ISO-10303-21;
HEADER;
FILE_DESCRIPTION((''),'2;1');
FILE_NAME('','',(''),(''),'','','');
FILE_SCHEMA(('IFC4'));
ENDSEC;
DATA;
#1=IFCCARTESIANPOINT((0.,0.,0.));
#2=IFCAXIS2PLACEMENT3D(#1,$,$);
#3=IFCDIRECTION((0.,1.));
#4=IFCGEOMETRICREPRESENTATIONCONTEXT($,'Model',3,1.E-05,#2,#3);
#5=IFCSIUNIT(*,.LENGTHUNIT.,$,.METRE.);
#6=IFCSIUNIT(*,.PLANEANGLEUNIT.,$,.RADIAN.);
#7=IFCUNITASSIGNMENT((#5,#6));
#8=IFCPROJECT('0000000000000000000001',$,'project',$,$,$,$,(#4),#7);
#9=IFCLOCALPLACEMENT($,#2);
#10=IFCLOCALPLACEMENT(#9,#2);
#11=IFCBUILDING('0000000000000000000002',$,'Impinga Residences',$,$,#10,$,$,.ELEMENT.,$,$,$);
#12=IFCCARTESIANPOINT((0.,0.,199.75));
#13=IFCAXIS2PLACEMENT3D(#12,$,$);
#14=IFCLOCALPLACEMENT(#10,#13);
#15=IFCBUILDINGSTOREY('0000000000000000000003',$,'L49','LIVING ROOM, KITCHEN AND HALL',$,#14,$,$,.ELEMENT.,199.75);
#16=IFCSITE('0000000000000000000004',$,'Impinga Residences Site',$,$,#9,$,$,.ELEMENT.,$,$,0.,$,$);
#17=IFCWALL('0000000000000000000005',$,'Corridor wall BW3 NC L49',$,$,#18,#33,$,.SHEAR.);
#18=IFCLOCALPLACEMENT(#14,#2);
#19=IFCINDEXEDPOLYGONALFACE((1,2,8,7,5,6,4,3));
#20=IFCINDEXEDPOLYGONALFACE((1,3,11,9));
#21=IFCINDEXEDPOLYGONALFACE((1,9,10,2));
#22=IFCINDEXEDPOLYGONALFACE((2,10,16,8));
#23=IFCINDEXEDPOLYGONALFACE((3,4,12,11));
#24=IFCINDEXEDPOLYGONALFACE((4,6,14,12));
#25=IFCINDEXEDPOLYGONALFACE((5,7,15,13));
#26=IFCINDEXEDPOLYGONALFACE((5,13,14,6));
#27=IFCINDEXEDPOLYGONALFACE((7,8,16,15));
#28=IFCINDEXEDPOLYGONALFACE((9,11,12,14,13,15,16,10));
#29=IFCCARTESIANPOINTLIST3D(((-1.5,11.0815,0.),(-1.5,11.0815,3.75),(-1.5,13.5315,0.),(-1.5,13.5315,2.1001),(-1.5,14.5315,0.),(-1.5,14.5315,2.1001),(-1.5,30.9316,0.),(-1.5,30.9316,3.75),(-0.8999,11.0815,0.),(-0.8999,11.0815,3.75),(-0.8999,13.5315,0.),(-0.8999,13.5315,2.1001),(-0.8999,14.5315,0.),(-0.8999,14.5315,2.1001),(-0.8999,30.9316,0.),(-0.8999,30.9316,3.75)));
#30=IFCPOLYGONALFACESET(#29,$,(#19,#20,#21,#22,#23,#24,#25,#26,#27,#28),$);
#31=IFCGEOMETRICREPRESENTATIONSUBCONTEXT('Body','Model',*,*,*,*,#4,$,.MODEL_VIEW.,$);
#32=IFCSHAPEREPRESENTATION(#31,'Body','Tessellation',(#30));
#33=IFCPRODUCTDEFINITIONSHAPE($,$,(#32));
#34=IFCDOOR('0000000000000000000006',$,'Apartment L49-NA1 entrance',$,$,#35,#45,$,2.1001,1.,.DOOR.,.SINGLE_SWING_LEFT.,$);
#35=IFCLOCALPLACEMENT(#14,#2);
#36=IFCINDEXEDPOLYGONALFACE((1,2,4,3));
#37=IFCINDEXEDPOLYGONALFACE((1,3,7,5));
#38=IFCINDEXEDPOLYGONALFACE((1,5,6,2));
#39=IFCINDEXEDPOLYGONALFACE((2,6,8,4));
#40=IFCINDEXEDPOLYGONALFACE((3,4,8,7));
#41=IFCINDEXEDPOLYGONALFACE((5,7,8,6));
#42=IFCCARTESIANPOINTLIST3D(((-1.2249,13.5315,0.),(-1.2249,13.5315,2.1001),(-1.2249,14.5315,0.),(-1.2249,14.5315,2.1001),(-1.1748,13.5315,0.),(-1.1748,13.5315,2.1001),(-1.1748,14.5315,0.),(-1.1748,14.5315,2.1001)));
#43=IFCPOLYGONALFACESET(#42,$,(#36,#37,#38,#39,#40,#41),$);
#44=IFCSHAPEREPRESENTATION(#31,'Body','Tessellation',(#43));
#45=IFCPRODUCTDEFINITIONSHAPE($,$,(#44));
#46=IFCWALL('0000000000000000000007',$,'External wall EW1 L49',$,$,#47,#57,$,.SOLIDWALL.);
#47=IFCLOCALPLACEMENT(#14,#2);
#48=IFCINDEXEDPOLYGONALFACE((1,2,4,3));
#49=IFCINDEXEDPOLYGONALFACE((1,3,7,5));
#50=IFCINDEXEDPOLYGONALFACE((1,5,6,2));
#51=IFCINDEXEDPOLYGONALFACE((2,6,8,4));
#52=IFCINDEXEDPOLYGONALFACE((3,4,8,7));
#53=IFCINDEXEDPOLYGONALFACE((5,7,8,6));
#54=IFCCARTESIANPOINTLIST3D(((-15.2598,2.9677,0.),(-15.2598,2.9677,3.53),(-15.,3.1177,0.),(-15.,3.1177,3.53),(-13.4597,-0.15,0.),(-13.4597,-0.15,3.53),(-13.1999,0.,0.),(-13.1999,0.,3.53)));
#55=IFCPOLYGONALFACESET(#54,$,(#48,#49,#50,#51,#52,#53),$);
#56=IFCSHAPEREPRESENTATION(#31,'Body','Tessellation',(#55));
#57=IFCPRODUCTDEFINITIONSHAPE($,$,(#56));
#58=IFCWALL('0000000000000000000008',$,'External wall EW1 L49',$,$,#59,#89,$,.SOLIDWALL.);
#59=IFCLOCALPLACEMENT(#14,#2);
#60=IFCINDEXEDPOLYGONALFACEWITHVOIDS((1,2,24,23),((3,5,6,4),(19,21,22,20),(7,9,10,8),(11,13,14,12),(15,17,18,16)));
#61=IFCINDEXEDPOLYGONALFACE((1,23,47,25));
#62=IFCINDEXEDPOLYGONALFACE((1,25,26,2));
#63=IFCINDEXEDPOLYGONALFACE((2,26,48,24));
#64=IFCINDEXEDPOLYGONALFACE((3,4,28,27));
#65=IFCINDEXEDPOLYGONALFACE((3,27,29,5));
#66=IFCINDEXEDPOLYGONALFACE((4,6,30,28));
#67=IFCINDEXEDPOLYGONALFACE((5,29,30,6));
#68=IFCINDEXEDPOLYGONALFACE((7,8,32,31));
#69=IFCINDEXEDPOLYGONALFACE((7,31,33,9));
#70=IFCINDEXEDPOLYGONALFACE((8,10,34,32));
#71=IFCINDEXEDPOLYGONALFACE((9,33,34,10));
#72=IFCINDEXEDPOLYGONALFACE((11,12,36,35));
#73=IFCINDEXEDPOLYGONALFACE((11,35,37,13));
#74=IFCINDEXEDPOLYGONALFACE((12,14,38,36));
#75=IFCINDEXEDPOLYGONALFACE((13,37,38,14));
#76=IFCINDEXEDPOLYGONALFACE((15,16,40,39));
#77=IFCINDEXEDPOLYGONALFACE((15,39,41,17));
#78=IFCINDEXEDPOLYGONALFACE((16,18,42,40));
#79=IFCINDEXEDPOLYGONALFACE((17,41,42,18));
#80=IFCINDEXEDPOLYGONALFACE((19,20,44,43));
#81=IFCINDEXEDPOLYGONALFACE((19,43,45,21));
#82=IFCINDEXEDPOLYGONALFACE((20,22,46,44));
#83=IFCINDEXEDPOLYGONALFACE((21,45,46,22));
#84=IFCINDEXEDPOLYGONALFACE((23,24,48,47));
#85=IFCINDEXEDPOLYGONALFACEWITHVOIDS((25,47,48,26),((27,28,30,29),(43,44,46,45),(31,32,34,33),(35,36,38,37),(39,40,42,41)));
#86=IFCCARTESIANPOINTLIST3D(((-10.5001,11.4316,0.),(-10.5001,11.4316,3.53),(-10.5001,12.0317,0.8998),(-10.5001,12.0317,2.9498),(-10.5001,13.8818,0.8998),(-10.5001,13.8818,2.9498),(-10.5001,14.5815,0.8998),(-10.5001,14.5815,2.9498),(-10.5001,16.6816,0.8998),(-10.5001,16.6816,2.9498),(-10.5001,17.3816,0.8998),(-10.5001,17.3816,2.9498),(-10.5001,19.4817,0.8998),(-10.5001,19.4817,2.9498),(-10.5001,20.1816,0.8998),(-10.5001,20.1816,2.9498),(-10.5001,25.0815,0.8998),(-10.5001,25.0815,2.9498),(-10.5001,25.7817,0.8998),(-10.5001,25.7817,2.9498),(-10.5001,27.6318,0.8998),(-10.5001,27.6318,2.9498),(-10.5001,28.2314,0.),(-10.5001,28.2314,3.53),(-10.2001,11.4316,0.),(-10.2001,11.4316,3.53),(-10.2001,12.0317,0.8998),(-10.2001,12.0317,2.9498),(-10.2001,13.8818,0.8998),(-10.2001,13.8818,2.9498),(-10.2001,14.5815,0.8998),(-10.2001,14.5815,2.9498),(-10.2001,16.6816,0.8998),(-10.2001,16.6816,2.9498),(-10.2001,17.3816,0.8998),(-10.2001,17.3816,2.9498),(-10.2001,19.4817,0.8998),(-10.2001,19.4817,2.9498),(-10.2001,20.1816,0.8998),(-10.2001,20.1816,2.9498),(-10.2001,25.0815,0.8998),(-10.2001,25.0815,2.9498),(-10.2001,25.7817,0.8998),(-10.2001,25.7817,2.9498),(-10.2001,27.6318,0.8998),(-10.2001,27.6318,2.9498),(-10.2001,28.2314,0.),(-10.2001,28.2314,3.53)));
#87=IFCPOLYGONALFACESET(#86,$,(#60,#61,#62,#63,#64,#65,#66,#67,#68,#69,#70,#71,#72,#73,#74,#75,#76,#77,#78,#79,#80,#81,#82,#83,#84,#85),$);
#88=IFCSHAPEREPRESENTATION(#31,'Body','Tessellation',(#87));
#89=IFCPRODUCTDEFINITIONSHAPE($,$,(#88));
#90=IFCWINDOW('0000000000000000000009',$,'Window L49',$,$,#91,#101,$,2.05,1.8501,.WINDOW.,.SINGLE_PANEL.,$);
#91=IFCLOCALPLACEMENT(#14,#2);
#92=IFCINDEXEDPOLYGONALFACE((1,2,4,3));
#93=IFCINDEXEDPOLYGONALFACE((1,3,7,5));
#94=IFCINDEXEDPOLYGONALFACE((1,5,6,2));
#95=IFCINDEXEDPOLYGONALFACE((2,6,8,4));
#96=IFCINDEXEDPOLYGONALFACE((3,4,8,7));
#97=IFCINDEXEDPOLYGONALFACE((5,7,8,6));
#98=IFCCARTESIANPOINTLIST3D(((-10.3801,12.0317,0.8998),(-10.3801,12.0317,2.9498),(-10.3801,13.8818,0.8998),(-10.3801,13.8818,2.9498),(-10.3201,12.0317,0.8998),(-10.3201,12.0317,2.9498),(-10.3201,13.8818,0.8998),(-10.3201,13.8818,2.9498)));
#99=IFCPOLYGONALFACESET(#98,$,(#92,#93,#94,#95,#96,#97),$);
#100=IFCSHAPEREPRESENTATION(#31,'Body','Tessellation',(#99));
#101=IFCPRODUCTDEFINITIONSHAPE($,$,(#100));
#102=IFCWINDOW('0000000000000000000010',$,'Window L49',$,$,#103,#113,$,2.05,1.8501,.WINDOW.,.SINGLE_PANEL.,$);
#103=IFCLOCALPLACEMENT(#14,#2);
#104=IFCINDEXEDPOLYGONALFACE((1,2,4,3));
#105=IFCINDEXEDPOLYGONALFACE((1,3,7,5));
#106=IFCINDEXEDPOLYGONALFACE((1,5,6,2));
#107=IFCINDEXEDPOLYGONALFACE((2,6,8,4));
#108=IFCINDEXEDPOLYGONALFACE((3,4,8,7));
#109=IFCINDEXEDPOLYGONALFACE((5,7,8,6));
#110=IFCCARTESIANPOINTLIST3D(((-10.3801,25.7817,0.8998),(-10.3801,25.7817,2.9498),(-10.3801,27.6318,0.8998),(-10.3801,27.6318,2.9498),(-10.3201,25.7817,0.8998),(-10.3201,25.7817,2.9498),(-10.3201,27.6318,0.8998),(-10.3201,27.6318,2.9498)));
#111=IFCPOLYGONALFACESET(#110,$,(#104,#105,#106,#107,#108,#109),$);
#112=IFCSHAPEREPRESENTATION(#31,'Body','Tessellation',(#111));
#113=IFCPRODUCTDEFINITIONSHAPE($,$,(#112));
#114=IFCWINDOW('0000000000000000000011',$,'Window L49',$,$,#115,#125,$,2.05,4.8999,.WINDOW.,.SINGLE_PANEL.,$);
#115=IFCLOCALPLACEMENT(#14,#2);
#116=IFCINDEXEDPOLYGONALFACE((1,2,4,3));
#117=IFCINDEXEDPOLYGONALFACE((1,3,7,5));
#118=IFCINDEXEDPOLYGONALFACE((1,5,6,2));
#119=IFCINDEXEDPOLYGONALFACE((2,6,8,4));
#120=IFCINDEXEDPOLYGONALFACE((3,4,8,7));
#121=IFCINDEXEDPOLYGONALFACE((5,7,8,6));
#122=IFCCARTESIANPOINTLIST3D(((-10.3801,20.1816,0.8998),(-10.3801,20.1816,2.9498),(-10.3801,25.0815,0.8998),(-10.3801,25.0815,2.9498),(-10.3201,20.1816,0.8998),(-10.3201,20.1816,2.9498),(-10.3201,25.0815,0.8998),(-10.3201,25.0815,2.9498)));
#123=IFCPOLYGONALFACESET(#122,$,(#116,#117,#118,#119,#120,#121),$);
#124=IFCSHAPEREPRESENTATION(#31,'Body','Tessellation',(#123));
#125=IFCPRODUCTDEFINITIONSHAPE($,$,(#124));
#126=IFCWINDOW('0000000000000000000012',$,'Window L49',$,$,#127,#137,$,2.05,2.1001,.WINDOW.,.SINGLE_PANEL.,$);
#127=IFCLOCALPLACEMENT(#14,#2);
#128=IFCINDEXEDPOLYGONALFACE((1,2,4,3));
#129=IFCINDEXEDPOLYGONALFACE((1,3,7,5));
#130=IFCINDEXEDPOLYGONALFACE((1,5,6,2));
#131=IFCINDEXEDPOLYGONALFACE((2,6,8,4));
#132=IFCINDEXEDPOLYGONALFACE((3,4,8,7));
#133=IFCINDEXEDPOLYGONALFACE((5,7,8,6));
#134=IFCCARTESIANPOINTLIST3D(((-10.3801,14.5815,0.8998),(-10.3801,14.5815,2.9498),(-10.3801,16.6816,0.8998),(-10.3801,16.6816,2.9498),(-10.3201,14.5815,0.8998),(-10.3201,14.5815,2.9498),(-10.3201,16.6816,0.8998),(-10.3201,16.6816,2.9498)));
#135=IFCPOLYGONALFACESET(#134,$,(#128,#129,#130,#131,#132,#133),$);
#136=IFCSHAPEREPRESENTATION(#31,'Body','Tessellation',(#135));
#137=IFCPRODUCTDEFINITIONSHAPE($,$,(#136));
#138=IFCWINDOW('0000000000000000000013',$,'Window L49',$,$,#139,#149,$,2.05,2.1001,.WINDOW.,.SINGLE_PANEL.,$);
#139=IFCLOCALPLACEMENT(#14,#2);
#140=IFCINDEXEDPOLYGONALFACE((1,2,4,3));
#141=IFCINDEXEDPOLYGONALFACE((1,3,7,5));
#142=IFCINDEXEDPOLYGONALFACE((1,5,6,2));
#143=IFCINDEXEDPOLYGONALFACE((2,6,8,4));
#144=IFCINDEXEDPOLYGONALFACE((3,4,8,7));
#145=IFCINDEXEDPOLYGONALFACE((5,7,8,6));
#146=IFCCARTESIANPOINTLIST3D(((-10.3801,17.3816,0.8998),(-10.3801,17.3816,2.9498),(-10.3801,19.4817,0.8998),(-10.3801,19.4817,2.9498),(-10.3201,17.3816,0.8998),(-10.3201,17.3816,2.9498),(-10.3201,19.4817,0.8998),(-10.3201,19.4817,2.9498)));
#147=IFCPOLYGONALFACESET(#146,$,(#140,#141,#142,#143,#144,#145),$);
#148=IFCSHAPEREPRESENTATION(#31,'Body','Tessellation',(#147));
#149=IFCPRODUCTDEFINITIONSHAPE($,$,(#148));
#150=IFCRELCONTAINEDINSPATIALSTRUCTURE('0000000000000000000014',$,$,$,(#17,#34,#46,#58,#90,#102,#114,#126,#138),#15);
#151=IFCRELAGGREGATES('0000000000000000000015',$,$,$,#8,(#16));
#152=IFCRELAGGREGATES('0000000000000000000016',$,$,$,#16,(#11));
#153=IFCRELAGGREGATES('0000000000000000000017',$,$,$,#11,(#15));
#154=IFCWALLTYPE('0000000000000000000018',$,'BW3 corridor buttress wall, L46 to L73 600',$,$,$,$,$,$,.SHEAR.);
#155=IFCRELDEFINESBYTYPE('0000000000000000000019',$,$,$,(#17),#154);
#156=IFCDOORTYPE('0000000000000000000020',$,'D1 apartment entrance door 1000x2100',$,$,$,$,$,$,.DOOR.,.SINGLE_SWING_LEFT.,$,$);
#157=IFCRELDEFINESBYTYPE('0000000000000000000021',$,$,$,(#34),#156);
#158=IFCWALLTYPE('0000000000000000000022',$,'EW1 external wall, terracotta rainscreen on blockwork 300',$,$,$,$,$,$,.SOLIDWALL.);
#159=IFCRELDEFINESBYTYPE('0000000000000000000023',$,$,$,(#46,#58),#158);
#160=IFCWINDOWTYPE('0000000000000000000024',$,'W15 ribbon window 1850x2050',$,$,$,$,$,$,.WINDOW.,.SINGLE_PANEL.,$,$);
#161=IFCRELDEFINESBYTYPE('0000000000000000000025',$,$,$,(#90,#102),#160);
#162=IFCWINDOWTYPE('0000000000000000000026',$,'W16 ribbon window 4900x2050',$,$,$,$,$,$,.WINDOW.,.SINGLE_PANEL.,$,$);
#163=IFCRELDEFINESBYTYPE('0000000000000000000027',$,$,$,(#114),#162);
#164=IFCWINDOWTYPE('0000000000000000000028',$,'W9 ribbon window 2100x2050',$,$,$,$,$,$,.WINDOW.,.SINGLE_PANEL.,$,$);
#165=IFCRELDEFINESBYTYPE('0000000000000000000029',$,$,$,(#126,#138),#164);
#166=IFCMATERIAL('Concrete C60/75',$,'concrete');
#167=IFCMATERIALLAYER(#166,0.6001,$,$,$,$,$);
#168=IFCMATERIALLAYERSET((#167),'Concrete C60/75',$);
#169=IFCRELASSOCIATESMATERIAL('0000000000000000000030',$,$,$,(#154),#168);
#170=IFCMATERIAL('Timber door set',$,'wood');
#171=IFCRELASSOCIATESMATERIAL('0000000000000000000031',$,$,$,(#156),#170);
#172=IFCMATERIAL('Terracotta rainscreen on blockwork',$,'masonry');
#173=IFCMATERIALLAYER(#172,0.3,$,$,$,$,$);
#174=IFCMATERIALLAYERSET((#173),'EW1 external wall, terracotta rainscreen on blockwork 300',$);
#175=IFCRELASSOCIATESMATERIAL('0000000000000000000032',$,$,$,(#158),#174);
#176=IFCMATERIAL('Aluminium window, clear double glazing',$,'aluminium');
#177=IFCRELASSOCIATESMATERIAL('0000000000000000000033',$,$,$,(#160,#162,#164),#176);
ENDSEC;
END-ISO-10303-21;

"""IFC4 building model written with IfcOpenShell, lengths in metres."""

from ifc_helpers import new_model, si_unit, direction, frame, frame_2d, origin, place, context, subcontext, project, spatial, rectangle, extrude, material, layer, layer_set, type_object, element, fill, save


model = new_model("IFC4")

# Units and contexts
model_context = context("Model", 3, precision=1e-05, world=origin(), true_north=direction((0.0, 1.0)))
body_context = subcontext(model_context, "Body", "Model", "MODEL_VIEW")
ifc_project = project(units=[si_unit("LENGTHUNIT", "METRE"), si_unit("PLANEANGLEUNIT", "RADIAN")], contexts=[model_context])

# Site, building, storey
site_placement = place(None, origin())
site = spatial("IfcSite", under=ifc_project, at=site_placement, Name="Impinga Residences Site", CompositionType="ELEMENT", RefElevation=0.0)
building_placement = place(site_placement, origin())
building = spatial("IfcBuilding", under=site, at=building_placement, Name="Impinga Residences", CompositionType="ELEMENT")
storey_placement = place(building_placement, frame((0.0, 0.0, 199.75)))
storey = spatial("IfcBuildingStorey", under=building, at=storey_placement, Name="L49", Description="LIVING ROOM, KITCHEN AND HALL", CompositionType="ELEMENT", Elevation=199.75)

# Wall, opening, door
ifc_material_1 = material(Name="Concrete C60/75", Category="concrete")
ifc_layer_1 = layer(ifc_material_1, 0.6001)
ifc_layer_set_1 = layer_set([ifc_layer_1], Name="Concrete C60/75")
wall_type_1 = type_object("IfcWallType", Name="BW3 corridor buttress wall, L46 to L73 600", PredefinedType="SHEAR", material=ifc_layer_set_1)
wall_1_placement = place(storey_placement, frame((-1.2, 11.0815, 0.0), z_axis=(0.0, 0.0, 1.0), x_axis=(0.0, 1.0, 0.0)))
wall_1 = element("IfcWall", 1, at=wall_1_placement, inside=storey, type_object=wall_type_1, Name="Corridor wall BW3 NC L49", PredefinedType="SHEAR", context=body_context, shape_type="SweptSolid", body=[
    extrude(rectangle(XDim=19.8501, YDim=0.6001, at=frame_2d((9.925, 0.0))), origin(), (0.0, 0.0, 1.0), 3.75),
])
opening_1_placement = place(wall_1_placement, frame((2.45, 0.0, 0.0)))
opening_1 = element("IfcOpeningElement", 2, at=opening_1_placement, cuts=wall_1, PredefinedType="OPENING", context=body_context, shape_type="SweptSolid", body=[
    extrude(rectangle(XDim=1.0, YDim=2.1001, at=frame_2d((0.5, 1.05))), frame((0.0, 0.3101, 0.0), z_axis=(0.0, -1.0, 0.0), x_axis=(1.0, 0.0, 0.0)), (0.0, 0.0, 1.0), 0.6201),
])
ifc_material_2 = material(Name="Timber door set", Category="wood")
door_type_1 = type_object("IfcDoorType", Name="D1 apartment entrance door 1000x2100", OperationType="SINGLE_SWING_LEFT", PredefinedType="DOOR", material=ifc_material_2)
door_1_placement = place(opening_1_placement, origin())
door_1 = element("IfcDoor", 3, at=door_1_placement, inside=storey, type_object=door_type_1, Name="Apartment L49-NA1 entrance", OperationType="SINGLE_SWING_LEFT", OverallHeight=2.1001, OverallWidth=1.0, PredefinedType="DOOR", context=body_context, shape_type="SweptSolid", body=[
    extrude(rectangle(XDim=1.0, YDim=2.1001, at=frame_2d((0.5, 1.05))), frame((0.0, 0.0249, 0.0), z_axis=(0.0, -1.0, 0.0), x_axis=(1.0, 0.0, 0.0)), (0.0, 0.0, 1.0), 0.05),
])
fill(opening_1, door_1)

# Wall
ifc_material_3 = material(Name="Terracotta rainscreen on blockwork", Category="masonry")
ifc_layer_2 = layer(ifc_material_3, 0.3)
ifc_layer_set_2 = layer_set([ifc_layer_2], Name="EW1 external wall, terracotta rainscreen on blockwork 300")
wall_type_2 = type_object("IfcWallType", Name="EW1 external wall, terracotta rainscreen on blockwork 300", PredefinedType="SOLIDWALL", material=ifc_layer_set_2)
wall_2_placement = place(storey_placement, frame((-15.1299, 3.0427, 0.0), z_axis=(0.0, 0.0, 1.0), x_axis=(0.500012, -0.866018, 0.0)))
element("IfcWall", 4, at=wall_2_placement, inside=storey, type_object=wall_type_2, Name="External wall EW1 L49", PredefinedType="SOLIDWALL", context=body_context, shape_type="SweptSolid", body=[
    extrude(rectangle(XDim=3.6001, YDim=0.3, at=frame_2d((1.8, 0.0))), origin(), (0.0, 0.0, 1.0), 3.53),
])

# Wall, openings, windows
wall_3_placement = place(storey_placement, frame((-10.3501, 11.4316, 0.0), z_axis=(0.0, 0.0, 1.0), x_axis=(0.0, 1.0, 0.0)))
wall_3 = element("IfcWall", 5, at=wall_3_placement, inside=storey, type_object=wall_type_2, Name="External wall EW1 L49", PredefinedType="SOLIDWALL", context=body_context, shape_type="SweptSolid", body=[
    extrude(rectangle(XDim=16.7998, YDim=0.3, at=frame_2d((8.3999, 0.0))), origin(), (0.0, 0.0, 1.0), 3.53),
])
opening_2_placement = place(wall_3_placement, frame((0.6001, 0.0, 0.8999)))
opening_2 = element("IfcOpeningElement", 6, at=opening_2_placement, cuts=wall_3, PredefinedType="OPENING", context=body_context, shape_type="SweptSolid", body=[
    extrude(rectangle(XDim=1.8501, YDim=2.05, at=frame_2d((0.925, 1.0249))), frame((0.0, 0.1599, 0.0), z_axis=(0.0, -1.0, 0.0), x_axis=(1.0, 0.0, 0.0)), (0.0, 0.0, 1.0), 0.3201),
])
opening_3_placement = place(wall_3_placement, frame((3.1499, 0.0, 0.8999)))
opening_3 = element("IfcOpeningElement", 7, at=opening_3_placement, cuts=wall_3, PredefinedType="OPENING", context=body_context, shape_type="SweptSolid", body=[
    extrude(rectangle(XDim=2.1001, YDim=2.05, at=frame_2d((1.05, 1.0249))), frame((0.0, 0.1599, 0.0), z_axis=(0.0, -1.0, 0.0), x_axis=(1.0, 0.0, 0.0)), (0.0, 0.0, 1.0), 0.3201),
])
opening_4_placement = place(wall_3_placement, frame((5.95, 0.0, 0.8999)))
opening_4 = element("IfcOpeningElement", 8, at=opening_4_placement, cuts=wall_3, PredefinedType="OPENING", context=body_context, shape_type="SweptSolid", body=[
    extrude(rectangle(XDim=2.1001, YDim=2.05, at=frame_2d((1.05, 1.0249))), frame((0.0, 0.1599, 0.0), z_axis=(0.0, -1.0, 0.0), x_axis=(1.0, 0.0, 0.0)), (0.0, 0.0, 1.0), 0.3201),
])
opening_5_placement = place(wall_3_placement, frame((8.75, 0.0, 0.8999)))
opening_5 = element("IfcOpeningElement", 9, at=opening_5_placement, cuts=wall_3, PredefinedType="OPENING", context=body_context, shape_type="SweptSolid", body=[
    extrude(rectangle(XDim=4.8999, YDim=2.05, at=frame_2d((2.45, 1.0249))), frame((0.0, 0.1599, 0.0), z_axis=(0.0, -1.0, 0.0), x_axis=(1.0, 0.0, 0.0)), (0.0, 0.0, 1.0), 0.3201),
])
opening_6_placement = place(wall_3_placement, frame((14.3501, 0.0, 0.8999)))
opening_6 = element("IfcOpeningElement", 10, at=opening_6_placement, cuts=wall_3, PredefinedType="OPENING", context=body_context, shape_type="SweptSolid", body=[
    extrude(rectangle(XDim=1.8501, YDim=2.05, at=frame_2d((0.925, 1.0249))), frame((0.0, 0.1599, 0.0), z_axis=(0.0, -1.0, 0.0), x_axis=(1.0, 0.0, 0.0)), (0.0, 0.0, 1.0), 0.3201),
])
ifc_material_4 = material(Name="Aluminium window, clear double glazing", Category="aluminium")
window_type_1 = type_object("IfcWindowType", Name="W15 ribbon window 1850x2050", PartitioningType="SINGLE_PANEL", PredefinedType="WINDOW", material=ifc_material_4)
window_1_placement = place(opening_2_placement, origin())
window_1 = element("IfcWindow", 11, at=window_1_placement, inside=storey, type_object=window_type_1, Name="Window L49", OverallHeight=2.05, OverallWidth=1.8501, PartitioningType="SINGLE_PANEL", PredefinedType="WINDOW", context=body_context, shape_type="SweptSolid", body=[
    extrude(rectangle(XDim=1.8501, YDim=2.05, at=frame_2d((0.925, 1.0249))), frame((0.0, 0.03, 0.0), z_axis=(0.0, -1.0, 0.0), x_axis=(1.0, 0.0, 0.0)), (0.0, 0.0, 1.0), 0.0601),
])
fill(opening_2, window_1)
window_2_placement = place(opening_6_placement, origin())
window_2 = element("IfcWindow", 12, at=window_2_placement, inside=storey, type_object=window_type_1, Name="Window L49", OverallHeight=2.05, OverallWidth=1.8501, PartitioningType="SINGLE_PANEL", PredefinedType="WINDOW", context=body_context, shape_type="SweptSolid", body=[
    extrude(rectangle(XDim=1.8501, YDim=2.05, at=frame_2d((0.925, 1.0249))), frame((0.0, 0.03, 0.0), z_axis=(0.0, -1.0, 0.0), x_axis=(1.0, 0.0, 0.0)), (0.0, 0.0, 1.0), 0.0601),
])
fill(opening_6, window_2)
window_type_2 = type_object("IfcWindowType", Name="W16 ribbon window 4900x2050", PartitioningType="SINGLE_PANEL", PredefinedType="WINDOW", material=ifc_material_4)
window_3_placement = place(opening_5_placement, origin())
window_3 = element("IfcWindow", 13, at=window_3_placement, inside=storey, type_object=window_type_2, Name="Window L49", OverallHeight=2.05, OverallWidth=4.8999, PartitioningType="SINGLE_PANEL", PredefinedType="WINDOW", context=body_context, shape_type="SweptSolid", body=[
    extrude(rectangle(XDim=4.8999, YDim=2.05, at=frame_2d((2.45, 1.0249))), frame((0.0, 0.03, 0.0), z_axis=(0.0, -1.0, 0.0), x_axis=(1.0, 0.0, 0.0)), (0.0, 0.0, 1.0), 0.0601),
])
fill(opening_5, window_3)
window_type_3 = type_object("IfcWindowType", Name="W9 ribbon window 2100x2050", PartitioningType="SINGLE_PANEL", PredefinedType="WINDOW", material=ifc_material_4)
window_4_placement = place(opening_3_placement, origin())
window_4 = element("IfcWindow", 14, at=window_4_placement, inside=storey, type_object=window_type_3, Name="Window L49", OverallHeight=2.05, OverallWidth=2.1001, PartitioningType="SINGLE_PANEL", PredefinedType="WINDOW", context=body_context, shape_type="SweptSolid", body=[
    extrude(rectangle(XDim=2.1001, YDim=2.05, at=frame_2d((1.05, 1.0249))), frame((0.0, 0.03, 0.0), z_axis=(0.0, -1.0, 0.0), x_axis=(1.0, 0.0, 0.0)), (0.0, 0.0, 1.0), 0.0601),
])
fill(opening_3, window_4)
window_5_placement = place(opening_4_placement, origin())
window_5 = element("IfcWindow", 15, at=window_5_placement, inside=storey, type_object=window_type_3, Name="Window L49", OverallHeight=2.05, OverallWidth=2.1001, PartitioningType="SINGLE_PANEL", PredefinedType="WINDOW", context=body_context, shape_type="SweptSolid", body=[
    extrude(rectangle(XDim=2.1001, YDim=2.05, at=frame_2d((1.05, 1.0249))), frame((0.0, 0.03, 0.0), z_axis=(0.0, -1.0, 0.0), x_axis=(1.0, 0.0, 0.0)), (0.0, 0.0, 1.0), 0.0601),
])
fill(opening_4, window_5)

save(model, "model.ifc")
